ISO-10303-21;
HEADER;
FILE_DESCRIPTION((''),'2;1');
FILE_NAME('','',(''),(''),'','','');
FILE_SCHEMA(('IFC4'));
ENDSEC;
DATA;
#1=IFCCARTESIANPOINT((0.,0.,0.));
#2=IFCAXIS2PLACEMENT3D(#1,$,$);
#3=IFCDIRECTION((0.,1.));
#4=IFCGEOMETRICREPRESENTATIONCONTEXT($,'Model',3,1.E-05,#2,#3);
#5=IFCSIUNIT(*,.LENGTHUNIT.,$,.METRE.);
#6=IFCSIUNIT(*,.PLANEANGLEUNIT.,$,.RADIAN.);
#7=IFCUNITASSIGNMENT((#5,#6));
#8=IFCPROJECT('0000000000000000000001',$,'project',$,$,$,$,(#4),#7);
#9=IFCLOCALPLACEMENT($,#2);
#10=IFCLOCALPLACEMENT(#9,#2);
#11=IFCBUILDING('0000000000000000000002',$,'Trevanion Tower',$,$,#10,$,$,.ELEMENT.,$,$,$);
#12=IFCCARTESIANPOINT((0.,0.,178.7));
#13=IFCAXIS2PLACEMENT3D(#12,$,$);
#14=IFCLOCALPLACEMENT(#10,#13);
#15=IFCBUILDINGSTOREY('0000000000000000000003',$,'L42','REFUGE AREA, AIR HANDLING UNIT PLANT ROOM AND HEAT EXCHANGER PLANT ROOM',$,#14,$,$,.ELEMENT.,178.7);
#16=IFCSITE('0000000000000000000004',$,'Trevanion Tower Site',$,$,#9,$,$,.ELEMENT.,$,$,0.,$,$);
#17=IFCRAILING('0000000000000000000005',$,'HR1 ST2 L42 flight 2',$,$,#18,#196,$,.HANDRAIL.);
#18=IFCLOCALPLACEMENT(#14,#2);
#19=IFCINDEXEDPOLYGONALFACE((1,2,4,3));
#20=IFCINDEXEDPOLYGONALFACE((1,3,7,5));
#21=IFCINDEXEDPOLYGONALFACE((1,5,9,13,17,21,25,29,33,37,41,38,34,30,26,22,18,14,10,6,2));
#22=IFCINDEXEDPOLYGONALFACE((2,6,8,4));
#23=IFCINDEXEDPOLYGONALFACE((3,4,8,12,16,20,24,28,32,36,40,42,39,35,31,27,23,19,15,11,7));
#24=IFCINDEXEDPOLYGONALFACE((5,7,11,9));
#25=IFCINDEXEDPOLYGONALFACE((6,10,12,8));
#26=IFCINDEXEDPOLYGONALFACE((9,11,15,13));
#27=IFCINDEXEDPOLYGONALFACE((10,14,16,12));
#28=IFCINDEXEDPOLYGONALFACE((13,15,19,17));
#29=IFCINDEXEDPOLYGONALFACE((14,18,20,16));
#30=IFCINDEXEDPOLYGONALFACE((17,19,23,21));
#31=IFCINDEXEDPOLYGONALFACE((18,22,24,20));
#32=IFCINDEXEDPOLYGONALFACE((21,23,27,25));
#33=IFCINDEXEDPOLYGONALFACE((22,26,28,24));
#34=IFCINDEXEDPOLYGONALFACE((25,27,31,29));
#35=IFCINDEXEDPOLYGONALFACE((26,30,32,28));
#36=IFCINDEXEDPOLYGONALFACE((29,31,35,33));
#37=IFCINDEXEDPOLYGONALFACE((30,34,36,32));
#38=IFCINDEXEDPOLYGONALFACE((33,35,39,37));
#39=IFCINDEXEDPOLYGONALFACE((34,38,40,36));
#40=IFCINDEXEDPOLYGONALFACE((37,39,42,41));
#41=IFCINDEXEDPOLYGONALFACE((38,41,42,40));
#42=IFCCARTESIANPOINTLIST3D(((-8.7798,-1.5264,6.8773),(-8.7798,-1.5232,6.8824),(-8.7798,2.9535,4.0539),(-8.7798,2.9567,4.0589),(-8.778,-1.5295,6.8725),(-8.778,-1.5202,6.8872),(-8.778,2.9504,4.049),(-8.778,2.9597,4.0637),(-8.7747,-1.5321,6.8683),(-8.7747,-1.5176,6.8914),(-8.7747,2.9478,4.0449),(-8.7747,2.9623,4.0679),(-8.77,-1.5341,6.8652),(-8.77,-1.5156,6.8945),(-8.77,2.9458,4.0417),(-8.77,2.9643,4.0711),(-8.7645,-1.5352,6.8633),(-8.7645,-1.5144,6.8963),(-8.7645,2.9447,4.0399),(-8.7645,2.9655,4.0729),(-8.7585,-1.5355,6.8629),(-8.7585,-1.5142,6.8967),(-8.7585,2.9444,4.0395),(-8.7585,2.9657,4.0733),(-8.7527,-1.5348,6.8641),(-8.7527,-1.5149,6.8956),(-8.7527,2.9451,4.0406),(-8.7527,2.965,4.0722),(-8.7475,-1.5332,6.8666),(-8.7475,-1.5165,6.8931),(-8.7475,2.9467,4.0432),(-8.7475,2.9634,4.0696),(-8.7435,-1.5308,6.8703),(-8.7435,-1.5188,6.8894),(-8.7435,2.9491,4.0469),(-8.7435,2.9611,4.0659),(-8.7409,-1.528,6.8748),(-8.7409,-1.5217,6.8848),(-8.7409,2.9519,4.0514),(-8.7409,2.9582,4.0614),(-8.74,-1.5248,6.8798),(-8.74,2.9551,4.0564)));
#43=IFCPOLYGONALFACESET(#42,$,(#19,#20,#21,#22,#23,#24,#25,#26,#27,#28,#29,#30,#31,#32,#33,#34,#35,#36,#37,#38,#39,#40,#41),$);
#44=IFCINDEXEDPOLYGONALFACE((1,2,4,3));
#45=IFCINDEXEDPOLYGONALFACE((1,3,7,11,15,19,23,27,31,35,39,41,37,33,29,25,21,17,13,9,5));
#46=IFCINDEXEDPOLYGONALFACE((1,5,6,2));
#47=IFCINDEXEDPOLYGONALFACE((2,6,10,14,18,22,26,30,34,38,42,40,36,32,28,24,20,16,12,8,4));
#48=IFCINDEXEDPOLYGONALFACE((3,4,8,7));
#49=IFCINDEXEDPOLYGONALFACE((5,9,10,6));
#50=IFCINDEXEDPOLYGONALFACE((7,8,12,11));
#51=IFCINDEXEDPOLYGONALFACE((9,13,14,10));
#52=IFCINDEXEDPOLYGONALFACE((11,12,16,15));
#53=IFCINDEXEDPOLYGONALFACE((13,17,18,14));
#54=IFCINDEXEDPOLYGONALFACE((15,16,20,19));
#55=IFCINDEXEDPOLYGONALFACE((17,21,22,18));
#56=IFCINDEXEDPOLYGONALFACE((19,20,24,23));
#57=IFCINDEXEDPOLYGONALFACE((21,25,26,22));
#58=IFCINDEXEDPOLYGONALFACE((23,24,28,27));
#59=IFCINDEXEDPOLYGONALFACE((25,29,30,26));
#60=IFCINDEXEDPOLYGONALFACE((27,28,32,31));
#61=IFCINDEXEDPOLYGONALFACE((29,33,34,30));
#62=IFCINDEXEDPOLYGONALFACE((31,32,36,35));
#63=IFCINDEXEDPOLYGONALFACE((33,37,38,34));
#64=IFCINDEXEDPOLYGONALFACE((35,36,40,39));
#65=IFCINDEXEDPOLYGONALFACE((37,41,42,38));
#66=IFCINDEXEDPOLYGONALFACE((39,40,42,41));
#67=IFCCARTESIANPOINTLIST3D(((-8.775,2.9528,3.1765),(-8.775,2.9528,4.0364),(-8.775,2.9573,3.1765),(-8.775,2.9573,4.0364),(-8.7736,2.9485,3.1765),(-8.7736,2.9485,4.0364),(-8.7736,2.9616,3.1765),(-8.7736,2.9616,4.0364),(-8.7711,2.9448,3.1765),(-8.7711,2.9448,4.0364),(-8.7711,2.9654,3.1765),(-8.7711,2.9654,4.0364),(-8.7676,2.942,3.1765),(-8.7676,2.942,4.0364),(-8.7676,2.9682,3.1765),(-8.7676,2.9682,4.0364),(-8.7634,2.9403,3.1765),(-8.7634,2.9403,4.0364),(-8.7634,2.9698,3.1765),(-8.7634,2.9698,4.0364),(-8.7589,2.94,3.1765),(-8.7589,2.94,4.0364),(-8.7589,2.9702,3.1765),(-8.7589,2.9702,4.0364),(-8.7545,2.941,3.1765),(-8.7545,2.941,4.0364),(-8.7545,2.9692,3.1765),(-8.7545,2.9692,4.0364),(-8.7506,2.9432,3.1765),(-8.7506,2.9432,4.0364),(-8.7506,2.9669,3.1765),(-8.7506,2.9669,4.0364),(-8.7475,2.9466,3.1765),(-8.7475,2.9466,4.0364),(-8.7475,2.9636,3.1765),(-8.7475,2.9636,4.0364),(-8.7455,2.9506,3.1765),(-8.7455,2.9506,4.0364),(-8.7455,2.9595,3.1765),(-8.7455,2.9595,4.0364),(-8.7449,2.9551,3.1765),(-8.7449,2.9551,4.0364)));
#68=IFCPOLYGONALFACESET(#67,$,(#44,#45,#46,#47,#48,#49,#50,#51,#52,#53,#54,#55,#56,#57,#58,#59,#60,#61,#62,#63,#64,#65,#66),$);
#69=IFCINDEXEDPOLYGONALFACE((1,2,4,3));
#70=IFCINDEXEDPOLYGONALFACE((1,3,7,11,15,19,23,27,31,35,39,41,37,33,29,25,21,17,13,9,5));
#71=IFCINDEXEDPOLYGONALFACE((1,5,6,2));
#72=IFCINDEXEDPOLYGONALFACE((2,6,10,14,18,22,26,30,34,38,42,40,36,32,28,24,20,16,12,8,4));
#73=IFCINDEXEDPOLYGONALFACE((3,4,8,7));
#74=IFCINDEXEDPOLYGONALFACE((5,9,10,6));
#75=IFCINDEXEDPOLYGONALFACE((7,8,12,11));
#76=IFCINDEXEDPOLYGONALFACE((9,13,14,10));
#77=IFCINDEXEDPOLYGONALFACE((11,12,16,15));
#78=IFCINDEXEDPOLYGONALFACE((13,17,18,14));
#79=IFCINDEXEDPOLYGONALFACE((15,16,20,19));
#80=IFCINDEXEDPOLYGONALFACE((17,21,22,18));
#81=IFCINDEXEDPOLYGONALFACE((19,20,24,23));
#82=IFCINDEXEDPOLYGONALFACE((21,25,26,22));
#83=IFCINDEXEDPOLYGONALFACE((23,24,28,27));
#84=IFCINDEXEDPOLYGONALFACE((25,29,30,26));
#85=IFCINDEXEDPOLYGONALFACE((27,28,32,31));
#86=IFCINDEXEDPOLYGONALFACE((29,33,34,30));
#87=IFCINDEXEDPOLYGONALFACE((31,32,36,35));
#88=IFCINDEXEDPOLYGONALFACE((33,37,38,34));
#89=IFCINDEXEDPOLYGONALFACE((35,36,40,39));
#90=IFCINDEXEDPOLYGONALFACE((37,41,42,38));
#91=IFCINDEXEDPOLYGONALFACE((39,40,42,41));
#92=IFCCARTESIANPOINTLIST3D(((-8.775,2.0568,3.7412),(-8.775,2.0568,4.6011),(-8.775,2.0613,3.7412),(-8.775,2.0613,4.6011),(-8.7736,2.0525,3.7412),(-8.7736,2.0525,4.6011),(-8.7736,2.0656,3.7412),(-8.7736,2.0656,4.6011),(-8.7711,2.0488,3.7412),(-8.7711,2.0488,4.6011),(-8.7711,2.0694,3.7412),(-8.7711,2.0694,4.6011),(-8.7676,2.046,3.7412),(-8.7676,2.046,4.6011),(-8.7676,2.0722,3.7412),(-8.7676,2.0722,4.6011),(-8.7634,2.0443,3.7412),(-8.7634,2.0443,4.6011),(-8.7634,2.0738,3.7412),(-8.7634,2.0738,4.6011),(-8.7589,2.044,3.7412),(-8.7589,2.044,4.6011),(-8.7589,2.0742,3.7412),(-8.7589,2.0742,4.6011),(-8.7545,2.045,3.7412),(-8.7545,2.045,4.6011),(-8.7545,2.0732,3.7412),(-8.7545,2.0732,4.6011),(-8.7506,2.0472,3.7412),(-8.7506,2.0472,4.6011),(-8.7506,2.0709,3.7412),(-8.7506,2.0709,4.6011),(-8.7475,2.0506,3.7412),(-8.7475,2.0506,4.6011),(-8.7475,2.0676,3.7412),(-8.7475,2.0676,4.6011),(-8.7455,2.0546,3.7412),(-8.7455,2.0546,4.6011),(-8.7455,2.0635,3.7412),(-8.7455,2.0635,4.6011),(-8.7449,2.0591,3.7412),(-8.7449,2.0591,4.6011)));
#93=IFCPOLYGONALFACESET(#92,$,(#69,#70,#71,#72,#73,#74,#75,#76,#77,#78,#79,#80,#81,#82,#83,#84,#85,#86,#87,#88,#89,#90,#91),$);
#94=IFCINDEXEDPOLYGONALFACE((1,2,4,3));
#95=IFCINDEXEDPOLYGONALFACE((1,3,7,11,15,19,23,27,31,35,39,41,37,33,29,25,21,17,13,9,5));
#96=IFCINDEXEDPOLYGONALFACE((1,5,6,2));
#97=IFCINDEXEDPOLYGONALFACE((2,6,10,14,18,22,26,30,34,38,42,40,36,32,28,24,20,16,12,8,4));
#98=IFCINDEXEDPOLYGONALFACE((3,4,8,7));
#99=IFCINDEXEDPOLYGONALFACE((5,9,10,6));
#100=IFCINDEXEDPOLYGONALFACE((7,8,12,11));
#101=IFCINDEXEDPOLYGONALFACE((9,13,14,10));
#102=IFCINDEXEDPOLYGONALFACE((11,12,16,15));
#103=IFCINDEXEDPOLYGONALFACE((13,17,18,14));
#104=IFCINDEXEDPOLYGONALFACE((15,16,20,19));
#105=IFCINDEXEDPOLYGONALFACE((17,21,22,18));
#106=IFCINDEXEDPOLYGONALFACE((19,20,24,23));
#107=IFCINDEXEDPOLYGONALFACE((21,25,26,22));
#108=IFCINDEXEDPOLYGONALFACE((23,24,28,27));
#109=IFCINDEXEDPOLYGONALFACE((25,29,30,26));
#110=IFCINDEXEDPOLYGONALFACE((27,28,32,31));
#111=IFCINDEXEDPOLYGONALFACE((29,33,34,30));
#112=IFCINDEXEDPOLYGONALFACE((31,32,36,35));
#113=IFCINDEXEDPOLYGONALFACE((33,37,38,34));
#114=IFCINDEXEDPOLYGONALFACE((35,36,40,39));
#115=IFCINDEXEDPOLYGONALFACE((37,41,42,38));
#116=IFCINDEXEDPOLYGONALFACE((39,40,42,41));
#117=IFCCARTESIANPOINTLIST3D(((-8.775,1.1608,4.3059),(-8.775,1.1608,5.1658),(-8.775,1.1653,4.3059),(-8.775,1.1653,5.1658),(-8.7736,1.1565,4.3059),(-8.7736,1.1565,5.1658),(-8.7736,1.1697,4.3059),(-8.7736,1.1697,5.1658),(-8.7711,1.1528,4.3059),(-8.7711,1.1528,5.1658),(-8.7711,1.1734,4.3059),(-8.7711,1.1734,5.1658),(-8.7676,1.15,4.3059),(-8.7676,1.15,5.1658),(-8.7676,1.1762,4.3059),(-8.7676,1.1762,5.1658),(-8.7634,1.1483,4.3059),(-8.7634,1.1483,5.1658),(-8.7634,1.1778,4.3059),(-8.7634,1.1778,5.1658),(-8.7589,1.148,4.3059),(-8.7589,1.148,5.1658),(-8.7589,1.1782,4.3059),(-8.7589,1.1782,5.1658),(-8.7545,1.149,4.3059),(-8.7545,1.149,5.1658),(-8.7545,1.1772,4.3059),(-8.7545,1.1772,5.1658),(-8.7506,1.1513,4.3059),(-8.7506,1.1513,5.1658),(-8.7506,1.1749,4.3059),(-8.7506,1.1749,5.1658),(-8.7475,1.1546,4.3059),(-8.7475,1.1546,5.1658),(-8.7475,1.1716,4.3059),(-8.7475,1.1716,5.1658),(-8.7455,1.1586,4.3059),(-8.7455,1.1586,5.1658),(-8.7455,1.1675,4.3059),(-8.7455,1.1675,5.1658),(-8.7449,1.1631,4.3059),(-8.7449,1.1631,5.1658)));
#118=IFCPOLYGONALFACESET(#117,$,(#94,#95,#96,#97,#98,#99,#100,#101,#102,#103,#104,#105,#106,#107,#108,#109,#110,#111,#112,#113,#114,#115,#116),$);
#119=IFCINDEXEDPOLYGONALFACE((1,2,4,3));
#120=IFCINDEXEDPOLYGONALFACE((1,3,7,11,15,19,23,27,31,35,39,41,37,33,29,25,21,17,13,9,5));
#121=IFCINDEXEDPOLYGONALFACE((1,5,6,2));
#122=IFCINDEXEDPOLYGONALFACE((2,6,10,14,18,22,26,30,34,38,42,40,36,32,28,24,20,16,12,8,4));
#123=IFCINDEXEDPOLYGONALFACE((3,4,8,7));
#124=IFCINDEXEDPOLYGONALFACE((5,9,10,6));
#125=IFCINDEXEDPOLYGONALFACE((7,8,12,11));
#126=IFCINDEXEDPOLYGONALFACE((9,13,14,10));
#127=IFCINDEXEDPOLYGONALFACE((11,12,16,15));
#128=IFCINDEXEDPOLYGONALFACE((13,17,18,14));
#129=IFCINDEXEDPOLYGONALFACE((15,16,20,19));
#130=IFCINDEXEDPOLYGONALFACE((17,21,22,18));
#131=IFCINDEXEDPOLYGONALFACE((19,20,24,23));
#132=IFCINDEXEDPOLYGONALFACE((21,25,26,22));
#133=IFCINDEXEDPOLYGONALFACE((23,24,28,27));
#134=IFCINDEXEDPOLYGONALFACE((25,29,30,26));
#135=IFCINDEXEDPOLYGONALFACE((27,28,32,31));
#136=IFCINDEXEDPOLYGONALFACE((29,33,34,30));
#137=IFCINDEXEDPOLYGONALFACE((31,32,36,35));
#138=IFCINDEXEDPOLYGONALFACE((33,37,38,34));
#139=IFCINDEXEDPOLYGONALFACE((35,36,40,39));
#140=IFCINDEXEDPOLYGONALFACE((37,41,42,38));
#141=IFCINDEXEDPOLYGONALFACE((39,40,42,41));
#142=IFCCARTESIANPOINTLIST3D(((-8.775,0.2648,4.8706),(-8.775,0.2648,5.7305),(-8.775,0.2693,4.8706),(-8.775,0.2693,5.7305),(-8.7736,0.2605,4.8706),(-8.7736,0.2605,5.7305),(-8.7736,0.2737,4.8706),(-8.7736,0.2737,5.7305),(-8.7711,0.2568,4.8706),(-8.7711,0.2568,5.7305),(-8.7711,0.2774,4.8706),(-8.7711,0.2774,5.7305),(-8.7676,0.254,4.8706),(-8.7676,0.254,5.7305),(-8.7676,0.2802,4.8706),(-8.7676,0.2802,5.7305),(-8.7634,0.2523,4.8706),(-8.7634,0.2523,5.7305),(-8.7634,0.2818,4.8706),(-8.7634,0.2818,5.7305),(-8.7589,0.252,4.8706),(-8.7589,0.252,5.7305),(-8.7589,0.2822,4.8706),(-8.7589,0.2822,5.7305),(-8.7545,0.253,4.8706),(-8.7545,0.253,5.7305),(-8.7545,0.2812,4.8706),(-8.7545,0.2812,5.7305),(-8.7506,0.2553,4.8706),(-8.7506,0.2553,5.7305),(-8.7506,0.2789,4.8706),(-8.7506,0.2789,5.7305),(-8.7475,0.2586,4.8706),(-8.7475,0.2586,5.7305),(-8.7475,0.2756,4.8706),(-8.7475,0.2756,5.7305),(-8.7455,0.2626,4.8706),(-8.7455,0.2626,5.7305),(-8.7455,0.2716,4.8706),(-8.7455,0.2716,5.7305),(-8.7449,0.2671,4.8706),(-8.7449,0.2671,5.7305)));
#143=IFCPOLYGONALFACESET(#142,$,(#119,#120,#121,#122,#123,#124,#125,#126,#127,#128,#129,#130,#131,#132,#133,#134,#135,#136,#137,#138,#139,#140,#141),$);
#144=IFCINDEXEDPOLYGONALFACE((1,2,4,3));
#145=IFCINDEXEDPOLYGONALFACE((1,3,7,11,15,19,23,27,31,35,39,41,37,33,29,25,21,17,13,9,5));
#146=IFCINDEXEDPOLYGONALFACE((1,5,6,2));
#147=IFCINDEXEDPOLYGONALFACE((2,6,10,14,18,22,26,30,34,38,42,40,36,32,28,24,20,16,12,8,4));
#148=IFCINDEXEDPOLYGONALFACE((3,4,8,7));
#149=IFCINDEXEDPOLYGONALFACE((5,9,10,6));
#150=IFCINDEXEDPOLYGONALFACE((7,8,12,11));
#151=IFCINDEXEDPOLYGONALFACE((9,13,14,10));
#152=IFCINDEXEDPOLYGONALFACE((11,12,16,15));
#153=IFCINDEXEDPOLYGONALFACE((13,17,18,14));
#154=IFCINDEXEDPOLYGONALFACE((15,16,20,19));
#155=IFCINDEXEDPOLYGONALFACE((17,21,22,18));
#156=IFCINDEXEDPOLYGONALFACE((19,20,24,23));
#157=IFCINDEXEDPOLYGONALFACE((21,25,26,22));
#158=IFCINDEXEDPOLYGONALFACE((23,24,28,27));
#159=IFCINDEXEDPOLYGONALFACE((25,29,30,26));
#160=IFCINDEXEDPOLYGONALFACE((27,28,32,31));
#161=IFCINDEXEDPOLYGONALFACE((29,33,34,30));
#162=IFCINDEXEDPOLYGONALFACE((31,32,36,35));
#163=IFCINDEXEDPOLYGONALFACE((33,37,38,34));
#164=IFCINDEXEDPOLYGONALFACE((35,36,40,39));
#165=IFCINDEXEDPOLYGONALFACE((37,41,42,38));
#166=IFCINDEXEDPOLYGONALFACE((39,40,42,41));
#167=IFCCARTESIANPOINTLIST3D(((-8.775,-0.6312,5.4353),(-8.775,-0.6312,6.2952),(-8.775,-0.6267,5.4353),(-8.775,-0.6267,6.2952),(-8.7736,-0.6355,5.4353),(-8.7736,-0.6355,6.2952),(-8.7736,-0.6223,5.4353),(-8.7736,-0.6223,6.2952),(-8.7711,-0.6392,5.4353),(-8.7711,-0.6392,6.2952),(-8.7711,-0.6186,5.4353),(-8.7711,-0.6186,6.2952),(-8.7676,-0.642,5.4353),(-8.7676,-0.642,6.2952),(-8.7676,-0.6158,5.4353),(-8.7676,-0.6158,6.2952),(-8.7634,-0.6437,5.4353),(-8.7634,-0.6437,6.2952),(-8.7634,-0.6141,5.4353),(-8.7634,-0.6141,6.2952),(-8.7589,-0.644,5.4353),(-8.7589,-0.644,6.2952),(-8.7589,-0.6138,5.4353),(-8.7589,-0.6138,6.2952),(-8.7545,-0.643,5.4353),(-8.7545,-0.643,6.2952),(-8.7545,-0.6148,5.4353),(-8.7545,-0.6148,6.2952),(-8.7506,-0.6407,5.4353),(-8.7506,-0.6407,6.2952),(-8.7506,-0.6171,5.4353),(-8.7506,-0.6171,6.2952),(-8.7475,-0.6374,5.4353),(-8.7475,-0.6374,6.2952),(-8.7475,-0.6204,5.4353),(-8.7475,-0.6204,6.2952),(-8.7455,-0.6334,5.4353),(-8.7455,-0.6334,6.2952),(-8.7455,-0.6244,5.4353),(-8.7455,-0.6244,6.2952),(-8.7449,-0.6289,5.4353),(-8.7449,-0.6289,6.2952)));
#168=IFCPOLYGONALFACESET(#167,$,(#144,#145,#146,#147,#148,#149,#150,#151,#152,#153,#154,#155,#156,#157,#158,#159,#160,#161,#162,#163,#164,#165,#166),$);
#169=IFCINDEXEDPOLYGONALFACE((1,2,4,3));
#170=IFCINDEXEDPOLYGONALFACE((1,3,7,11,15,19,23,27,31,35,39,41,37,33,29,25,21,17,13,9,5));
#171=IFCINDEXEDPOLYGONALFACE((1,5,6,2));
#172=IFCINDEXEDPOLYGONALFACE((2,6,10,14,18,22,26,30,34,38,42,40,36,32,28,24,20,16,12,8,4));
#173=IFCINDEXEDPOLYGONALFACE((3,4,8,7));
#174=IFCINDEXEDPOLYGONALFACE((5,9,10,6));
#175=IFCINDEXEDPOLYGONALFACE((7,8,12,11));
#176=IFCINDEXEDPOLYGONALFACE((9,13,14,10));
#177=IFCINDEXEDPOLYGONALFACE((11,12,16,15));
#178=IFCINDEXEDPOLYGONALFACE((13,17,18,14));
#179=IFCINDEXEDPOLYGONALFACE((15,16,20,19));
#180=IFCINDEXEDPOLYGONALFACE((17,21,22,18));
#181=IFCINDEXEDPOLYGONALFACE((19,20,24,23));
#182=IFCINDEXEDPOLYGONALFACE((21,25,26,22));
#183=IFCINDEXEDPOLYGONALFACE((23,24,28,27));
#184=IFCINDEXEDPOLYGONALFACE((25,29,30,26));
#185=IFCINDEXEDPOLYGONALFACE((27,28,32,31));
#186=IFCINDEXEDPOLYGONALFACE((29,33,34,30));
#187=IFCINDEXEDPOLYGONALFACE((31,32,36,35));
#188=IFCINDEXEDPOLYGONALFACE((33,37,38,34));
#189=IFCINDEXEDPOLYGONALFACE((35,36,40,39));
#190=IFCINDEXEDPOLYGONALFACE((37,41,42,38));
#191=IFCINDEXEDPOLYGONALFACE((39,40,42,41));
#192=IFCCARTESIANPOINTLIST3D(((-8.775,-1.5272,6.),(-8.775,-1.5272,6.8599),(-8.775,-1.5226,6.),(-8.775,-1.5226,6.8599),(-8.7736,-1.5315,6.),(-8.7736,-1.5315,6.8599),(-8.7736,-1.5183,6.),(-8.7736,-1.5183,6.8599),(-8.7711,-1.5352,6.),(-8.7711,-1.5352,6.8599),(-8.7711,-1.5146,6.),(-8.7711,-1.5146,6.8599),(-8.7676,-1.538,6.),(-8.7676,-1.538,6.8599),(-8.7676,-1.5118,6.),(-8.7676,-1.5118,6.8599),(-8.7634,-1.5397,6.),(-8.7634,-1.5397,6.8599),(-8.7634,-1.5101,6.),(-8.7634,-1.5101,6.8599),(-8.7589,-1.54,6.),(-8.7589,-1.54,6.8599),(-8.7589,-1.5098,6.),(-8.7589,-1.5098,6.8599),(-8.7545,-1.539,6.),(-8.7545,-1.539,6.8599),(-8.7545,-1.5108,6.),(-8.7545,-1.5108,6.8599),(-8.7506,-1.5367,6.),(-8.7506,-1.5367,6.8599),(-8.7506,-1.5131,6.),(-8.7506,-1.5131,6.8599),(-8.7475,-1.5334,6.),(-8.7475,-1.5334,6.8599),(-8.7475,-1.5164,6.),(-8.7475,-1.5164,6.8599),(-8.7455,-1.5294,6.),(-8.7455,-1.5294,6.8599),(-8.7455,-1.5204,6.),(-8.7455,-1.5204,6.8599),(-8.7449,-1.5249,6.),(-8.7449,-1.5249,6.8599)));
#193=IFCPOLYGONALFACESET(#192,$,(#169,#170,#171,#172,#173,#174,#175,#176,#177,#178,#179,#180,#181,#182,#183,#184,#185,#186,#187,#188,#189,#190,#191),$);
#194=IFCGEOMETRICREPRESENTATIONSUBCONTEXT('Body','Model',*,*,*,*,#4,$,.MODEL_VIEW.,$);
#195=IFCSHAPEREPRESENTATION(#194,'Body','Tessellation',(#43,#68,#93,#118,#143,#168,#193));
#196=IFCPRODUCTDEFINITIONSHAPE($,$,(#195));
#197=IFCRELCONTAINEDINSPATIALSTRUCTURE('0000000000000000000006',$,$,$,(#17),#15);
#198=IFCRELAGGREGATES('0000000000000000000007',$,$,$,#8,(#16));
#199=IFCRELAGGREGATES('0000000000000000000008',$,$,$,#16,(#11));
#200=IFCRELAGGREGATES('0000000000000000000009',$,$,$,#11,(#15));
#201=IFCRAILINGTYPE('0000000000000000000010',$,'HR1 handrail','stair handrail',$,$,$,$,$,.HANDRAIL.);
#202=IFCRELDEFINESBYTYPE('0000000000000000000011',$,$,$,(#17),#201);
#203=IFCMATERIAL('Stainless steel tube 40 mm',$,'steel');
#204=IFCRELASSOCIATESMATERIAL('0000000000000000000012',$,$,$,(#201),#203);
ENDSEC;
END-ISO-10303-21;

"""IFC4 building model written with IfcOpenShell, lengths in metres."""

from ifc_helpers import new_model, si_unit, direction, frame, origin, origin_2d, place, context, subcontext, project, spatial, circle, extrude, material, type_object, element, save


model = new_model("IFC4")

# Units and contexts
model_context = context("Model", 3, precision=1e-05, world=origin(), true_north=direction((0.0, 1.0)))
body_context = subcontext(model_context, "Body", "Model", "MODEL_VIEW")
ifc_project = project(units=[si_unit("LENGTHUNIT", "METRE"), si_unit("PLANEANGLEUNIT", "RADIAN")], contexts=[model_context])

# Site, building, storey
site_placement = place(None, origin())
site = spatial("IfcSite", under=ifc_project, at=site_placement, Name="Trevanion Tower Site", CompositionType="ELEMENT", RefElevation=0.0)
building_placement = place(site_placement, origin())
building = spatial("IfcBuilding", under=site, at=building_placement, Name="Trevanion Tower", CompositionType="ELEMENT")
storey_placement = place(building_placement, frame((0.0, 0.0, 178.7)))
storey = spatial("IfcBuildingStorey", under=building, at=storey_placement, Name="L42", Description="REFUGE AREA, AIR HANDLING UNIT PLANT ROOM AND HEAT EXCHANGER PLANT ROOM", CompositionType="ELEMENT", Elevation=178.7)

# Railing
ifc_material_1 = material(Name="Stainless steel tube 40 mm", Category="steel")
railing_type = type_object("IfcRailingType", Name="HR1 handrail", Description="stair handrail", PredefinedType="HANDRAIL", material=ifc_material_1)
for number, where, name in (
    (1, (-8.76, 2.9551, 3.1765), "HR1 ST2 L42 flight 2"),
):
    element("IfcRailing", number, at=place(storey_placement, frame(where)), inside=storey, type_object=railing_type, Name=name, PredefinedType="HANDRAIL", context=body_context, shape_type="SweptSolid", body=[
        extrude(circle(Radius=0.02, at=origin_2d()), frame((0.0, 0.0, 0.8799), z_axis=(0.0, -0.845998, 0.533186), x_axis=(1.0, 0.0, 0.0)), (0.0, 0.0, 1.0), 5.2954),
        extrude(circle(Radius=0.0151, at=origin_2d()), origin(), (0.0, 0.0, 1.0), 0.8599),
        extrude(circle(Radius=0.0151, at=origin_2d()), frame((0.0, -0.896, 0.5647)), (0.0, 0.0, 1.0), 0.8599),
        extrude(circle(Radius=0.0151, at=origin_2d()), frame((0.0, -1.792, 1.1294)), (0.0, 0.0, 1.0), 0.8599),
        extrude(circle(Radius=0.0151, at=origin_2d()), frame((0.0, -2.688, 1.6941)), (0.0, 0.0, 1.0), 0.8599),
        extrude(circle(Radius=0.0151, at=origin_2d()), frame((0.0, -3.584, 2.2588)), (0.0, 0.0, 1.0), 0.8599),
        extrude(circle(Radius=0.0151, at=origin_2d()), frame((0.0, -4.48, 2.8235)), (0.0, 0.0, 1.0), 0.8599),
    ])

save(model, "model.ifc")
